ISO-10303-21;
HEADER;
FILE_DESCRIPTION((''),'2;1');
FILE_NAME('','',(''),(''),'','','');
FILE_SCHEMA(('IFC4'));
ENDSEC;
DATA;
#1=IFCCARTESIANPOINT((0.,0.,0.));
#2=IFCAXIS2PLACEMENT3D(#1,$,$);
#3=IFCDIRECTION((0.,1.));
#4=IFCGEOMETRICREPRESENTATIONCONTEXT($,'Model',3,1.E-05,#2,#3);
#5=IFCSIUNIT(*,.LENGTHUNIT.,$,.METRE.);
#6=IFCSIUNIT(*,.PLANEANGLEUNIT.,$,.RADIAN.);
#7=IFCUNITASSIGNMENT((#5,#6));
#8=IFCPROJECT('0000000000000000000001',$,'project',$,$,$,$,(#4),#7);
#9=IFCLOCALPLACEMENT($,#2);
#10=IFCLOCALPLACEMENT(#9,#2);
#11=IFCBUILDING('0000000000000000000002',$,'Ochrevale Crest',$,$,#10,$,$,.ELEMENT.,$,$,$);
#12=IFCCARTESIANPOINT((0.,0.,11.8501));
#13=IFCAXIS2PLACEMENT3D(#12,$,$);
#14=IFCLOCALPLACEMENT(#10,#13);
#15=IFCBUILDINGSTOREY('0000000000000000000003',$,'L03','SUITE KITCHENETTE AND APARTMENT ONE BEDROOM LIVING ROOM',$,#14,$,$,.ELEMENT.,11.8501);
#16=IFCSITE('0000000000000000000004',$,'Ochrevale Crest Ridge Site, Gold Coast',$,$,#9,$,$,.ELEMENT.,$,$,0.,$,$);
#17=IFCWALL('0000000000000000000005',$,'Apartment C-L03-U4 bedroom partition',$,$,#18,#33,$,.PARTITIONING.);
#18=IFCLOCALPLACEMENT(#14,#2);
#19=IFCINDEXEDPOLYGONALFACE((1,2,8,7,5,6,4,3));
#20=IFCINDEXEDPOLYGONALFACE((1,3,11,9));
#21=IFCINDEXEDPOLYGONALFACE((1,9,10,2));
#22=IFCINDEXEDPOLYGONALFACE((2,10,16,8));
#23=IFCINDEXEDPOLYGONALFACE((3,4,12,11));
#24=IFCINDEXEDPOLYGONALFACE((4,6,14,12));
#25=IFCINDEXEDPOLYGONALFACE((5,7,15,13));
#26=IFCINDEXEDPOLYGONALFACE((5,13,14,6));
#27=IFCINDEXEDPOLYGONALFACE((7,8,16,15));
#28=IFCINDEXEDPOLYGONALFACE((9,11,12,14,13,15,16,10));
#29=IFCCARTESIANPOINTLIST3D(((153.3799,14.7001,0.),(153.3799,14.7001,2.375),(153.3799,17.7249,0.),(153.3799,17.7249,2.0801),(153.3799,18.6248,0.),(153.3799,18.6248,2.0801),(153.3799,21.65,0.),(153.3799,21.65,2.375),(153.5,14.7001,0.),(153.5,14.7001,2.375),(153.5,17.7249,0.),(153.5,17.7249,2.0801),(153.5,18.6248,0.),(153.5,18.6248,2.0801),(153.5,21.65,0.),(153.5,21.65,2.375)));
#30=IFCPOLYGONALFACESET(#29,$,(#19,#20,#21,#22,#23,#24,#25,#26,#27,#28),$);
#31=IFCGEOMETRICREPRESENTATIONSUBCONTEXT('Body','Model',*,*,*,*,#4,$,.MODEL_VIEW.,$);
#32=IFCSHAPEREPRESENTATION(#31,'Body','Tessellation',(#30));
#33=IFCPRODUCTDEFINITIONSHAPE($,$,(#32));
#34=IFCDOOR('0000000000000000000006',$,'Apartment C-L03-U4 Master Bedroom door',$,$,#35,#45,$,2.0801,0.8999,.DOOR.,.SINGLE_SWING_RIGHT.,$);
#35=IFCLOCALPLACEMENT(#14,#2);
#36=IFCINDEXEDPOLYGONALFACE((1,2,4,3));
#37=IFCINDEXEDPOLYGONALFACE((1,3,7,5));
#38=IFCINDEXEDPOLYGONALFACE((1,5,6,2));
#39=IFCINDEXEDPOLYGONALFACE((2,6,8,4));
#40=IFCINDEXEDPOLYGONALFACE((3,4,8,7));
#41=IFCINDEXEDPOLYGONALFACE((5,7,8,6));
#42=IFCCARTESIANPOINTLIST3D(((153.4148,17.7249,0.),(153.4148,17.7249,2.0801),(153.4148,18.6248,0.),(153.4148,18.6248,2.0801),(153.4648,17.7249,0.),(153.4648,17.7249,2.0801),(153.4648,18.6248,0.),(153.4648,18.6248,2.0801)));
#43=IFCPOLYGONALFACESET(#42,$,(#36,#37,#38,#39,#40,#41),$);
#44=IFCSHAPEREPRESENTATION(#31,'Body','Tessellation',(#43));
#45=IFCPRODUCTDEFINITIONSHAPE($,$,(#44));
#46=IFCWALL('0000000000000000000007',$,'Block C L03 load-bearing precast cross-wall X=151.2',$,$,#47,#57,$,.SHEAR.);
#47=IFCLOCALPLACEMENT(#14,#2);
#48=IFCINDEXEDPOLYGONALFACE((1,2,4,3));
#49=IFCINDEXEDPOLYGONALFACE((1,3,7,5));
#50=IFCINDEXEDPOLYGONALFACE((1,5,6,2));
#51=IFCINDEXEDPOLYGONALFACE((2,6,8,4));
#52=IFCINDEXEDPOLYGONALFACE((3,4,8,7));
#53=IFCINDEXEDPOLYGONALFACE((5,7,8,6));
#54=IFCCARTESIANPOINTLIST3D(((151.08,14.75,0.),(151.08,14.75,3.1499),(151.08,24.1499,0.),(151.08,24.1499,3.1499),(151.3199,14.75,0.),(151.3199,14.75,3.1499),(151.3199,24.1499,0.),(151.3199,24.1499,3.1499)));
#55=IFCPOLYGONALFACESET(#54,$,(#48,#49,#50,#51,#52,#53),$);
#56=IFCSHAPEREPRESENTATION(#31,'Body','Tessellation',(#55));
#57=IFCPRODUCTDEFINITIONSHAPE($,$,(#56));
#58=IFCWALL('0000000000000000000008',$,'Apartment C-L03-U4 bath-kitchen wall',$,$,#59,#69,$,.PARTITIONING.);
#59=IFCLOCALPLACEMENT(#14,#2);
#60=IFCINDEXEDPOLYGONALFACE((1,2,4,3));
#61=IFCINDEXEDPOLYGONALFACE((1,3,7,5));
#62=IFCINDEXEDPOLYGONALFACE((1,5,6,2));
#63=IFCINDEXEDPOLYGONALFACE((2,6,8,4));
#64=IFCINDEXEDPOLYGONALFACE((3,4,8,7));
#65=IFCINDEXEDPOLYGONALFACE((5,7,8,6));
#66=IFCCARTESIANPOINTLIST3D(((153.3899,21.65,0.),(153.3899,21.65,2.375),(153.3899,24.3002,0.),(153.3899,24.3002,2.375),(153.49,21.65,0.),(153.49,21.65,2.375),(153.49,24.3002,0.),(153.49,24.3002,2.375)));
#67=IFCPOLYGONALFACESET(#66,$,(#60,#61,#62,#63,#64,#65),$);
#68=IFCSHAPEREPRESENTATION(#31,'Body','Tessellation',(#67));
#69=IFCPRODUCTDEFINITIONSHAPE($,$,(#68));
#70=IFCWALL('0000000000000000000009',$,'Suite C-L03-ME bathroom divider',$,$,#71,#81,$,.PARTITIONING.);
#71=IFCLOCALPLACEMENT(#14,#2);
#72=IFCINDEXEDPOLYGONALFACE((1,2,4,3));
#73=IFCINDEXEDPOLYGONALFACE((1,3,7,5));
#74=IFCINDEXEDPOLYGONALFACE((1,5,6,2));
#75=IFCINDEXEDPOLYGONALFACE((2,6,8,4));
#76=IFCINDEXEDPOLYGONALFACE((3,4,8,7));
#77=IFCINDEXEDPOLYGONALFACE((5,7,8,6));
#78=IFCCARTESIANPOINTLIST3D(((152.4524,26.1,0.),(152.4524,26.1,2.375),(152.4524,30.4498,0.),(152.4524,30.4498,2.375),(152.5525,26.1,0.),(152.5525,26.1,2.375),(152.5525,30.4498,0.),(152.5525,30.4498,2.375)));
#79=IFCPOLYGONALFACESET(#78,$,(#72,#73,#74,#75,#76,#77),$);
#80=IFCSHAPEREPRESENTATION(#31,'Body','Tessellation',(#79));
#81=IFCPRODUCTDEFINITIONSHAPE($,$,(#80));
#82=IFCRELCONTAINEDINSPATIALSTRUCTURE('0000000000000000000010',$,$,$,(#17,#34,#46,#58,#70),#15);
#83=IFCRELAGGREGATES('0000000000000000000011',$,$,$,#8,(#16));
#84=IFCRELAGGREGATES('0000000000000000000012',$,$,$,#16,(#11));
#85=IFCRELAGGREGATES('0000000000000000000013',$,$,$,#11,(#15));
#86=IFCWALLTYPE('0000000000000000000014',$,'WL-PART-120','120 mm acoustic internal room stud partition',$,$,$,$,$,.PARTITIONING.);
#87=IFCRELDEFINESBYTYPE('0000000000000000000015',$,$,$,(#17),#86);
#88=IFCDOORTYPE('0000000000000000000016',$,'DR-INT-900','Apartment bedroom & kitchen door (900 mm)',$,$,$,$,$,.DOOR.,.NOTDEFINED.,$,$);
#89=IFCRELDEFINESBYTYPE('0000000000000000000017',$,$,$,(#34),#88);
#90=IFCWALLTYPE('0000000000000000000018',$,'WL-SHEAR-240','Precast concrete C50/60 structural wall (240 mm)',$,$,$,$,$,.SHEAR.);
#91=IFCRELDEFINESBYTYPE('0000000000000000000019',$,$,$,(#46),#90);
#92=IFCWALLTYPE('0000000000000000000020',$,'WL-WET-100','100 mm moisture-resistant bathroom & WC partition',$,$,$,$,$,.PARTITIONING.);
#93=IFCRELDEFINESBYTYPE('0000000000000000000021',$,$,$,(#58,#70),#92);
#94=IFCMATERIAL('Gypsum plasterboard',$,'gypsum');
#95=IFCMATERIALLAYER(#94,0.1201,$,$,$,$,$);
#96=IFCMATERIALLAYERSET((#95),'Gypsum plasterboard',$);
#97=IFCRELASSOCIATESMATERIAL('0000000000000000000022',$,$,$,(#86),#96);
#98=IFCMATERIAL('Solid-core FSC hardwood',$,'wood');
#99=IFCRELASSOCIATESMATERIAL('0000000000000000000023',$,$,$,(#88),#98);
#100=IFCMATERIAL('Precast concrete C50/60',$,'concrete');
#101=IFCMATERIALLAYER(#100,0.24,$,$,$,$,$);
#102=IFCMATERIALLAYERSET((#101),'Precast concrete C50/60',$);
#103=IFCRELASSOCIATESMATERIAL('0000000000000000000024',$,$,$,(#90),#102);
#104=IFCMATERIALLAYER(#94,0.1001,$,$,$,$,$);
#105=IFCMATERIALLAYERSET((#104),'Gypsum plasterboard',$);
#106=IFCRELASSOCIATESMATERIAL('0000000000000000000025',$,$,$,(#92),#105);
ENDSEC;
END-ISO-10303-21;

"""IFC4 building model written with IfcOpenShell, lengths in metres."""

from ifc_helpers import new_model, si_unit, direction, frame, frame_2d, origin, place, context, subcontext, project, spatial, rectangle, extrude, material, layer, layer_set, type_object, element, fill, save


model = new_model("IFC4")

# Units and contexts
model_context = context("Model", 3, precision=1e-05, world=origin(), true_north=direction((0.0, 1.0)))
body_context = subcontext(model_context, "Body", "Model", "MODEL_VIEW")
ifc_project = project(units=[si_unit("LENGTHUNIT", "METRE"), si_unit("PLANEANGLEUNIT", "RADIAN")], contexts=[model_context])

# Site, building, storey
site_placement = place(None, origin())
site = spatial("IfcSite", under=ifc_project, at=site_placement, Name="Ochrevale Crest Ridge Site, Gold Coast", CompositionType="ELEMENT", RefElevation=0.0)
building_placement = place(site_placement, origin())
building = spatial("IfcBuilding", under=site, at=building_placement, Name="Ochrevale Crest", CompositionType="ELEMENT")
storey_placement = place(building_placement, frame((0.0, 0.0, 11.8501)))
storey = spatial("IfcBuildingStorey", under=building, at=storey_placement, Name="L03", Description="SUITE KITCHENETTE AND APARTMENT ONE BEDROOM LIVING ROOM", CompositionType="ELEMENT", Elevation=11.8501)

# Shared definitions
ifc_material_1 = material(Name="Precast concrete C50/60", Category="concrete")

# Shared definitions
ifc_material_2 = material(Name="Gypsum plasterboard", Category="gypsum")
ifc_material_3 = material(Name="Solid-core FSC hardwood", Category="wood")

# Shared definitions
ifc_layer_1 = layer(ifc_material_2, 0.1201)
ifc_layer_set_1 = layer_set([ifc_layer_1], Name="Gypsum plasterboard")
wall_type_1 = type_object("IfcWallType", Name="WL-PART-120", Description="120 mm acoustic internal room stud partition", PredefinedType="PARTITIONING", material=ifc_layer_set_1)

# Shared definitions
door_type_1 = type_object("IfcDoorType", Name="DR-INT-900", Description="Apartment bedroom & kitchen door (900 mm)", OperationType="NOTDEFINED", PredefinedType="DOOR", material=ifc_material_3)

# Wall, opening, door
wall_1_placement = place(storey_placement, frame((153.4399, 14.7, 0.0), z_axis=(0.0, 0.0, 1.0), x_axis=(0.0, 1.0, 0.0)))
wall_1 = element("IfcWall", 1, at=wall_1_placement, inside=storey, type_object=wall_type_1, Name="Apartment C-L03-U4 bedroom partition", PredefinedType="PARTITIONING", context=body_context, shape_type="SweptSolid", body=[
    extrude(rectangle(XDim=6.95, YDim=0.1201, at=frame_2d((3.4751, 0.0))), origin(), (0.0, 0.0, 1.0), 2.375),
])
opening_1_placement = place(wall_1_placement, frame((3.9248, 0.0, 0.0), z_axis=(0.0, 0.0, 1.0), x_axis=(-1.0, 0.0, 0.0)))
opening_1 = element("IfcOpeningElement", 2, at=opening_1_placement, cuts=wall_1, PredefinedType="OPENING", context=body_context, shape_type="SweptSolid", body=[
    extrude(rectangle(XDim=0.8999, YDim=2.0801, at=frame_2d((0.45, 1.04))), frame((0.0, 0.0701, 0.0), z_axis=(0.0, -1.0, 0.0), x_axis=(1.0, 0.0, 0.0)), (0.0, 0.0, 1.0), 0.1401),
])
door_1_placement = place(opening_1_placement, origin())
door_1 = element("IfcDoor", 3, at=door_1_placement, inside=storey, type_object=door_type_1, Name="Apartment C-L03-U4 Master Bedroom door", OperationType="SINGLE_SWING_RIGHT", OverallHeight=2.0801, OverallWidth=0.8999, PredefinedType="DOOR", context=body_context, shape_type="SweptSolid", body=[
    extrude(rectangle(XDim=0.8999, YDim=2.0801, at=frame_2d((0.45, 1.04))), frame((0.0, 0.0249, 0.0), z_axis=(0.0, -1.0, 0.0), x_axis=(1.0, 0.0, 0.0)), (0.0, 0.0, 1.0), 0.05),
])
fill(opening_1, door_1)

# Walls
ifc_layer_2 = layer(ifc_material_1, 0.24)
ifc_layer_set_2 = layer_set([ifc_layer_2], Name="Precast concrete C50/60")
wall_type_2 = type_object("IfcWallType", Name="WL-SHEAR-240", Description="Precast concrete C50/60 structural wall (240 mm)", PredefinedType="SHEAR", material=ifc_layer_set_2)
wall_2_placement = place(storey_placement, frame((151.2, 14.75, 0.0), z_axis=(0.0, 0.0, 1.0), x_axis=(0.0, 1.0, 0.0)))
element("IfcWall", 4, at=wall_2_placement, inside=storey, type_object=wall_type_2, Name="Block C L03 load-bearing precast cross-wall X=151.2", PredefinedType="SHEAR", context=body_context, shape_type="SweptSolid", body=[
    extrude(rectangle(XDim=9.3999, YDim=0.24, at=frame_2d((4.7, 0.0))), origin(), (0.0, 0.0, 1.0), 3.1499),
])
ifc_layer_3 = layer(ifc_material_2, 0.1001)
ifc_layer_set_3 = layer_set([ifc_layer_3], Name="Gypsum plasterboard")
wall_type_3 = type_object("IfcWallType", Name="WL-WET-100", Description="100 mm moisture-resistant bathroom & WC partition", PredefinedType="PARTITIONING", material=ifc_layer_set_3)
wall_3_placement = place(storey_placement, frame((153.4399, 21.6499, 0.0), z_axis=(0.0, 0.0, 1.0), x_axis=(0.0, 1.0, 0.0)))
element("IfcWall", 5, at=wall_3_placement, inside=storey, type_object=wall_type_3, Name="Apartment C-L03-U4 bath-kitchen wall", PredefinedType="PARTITIONING", context=body_context, shape_type="SweptSolid", body=[
    extrude(rectangle(XDim=2.6501, YDim=0.1001, at=frame_2d((1.3252, 0.0))), origin(), (0.0, 0.0, 1.0), 2.375),
])
wall_4_placement = place(storey_placement, frame((152.5024, 26.1001, 0.0), z_axis=(0.0, 0.0, 1.0), x_axis=(0.0, 1.0, 0.0)))
element("IfcWall", 6, at=wall_4_placement, inside=storey, type_object=wall_type_3, Name="Suite C-L03-ME bathroom divider", PredefinedType="PARTITIONING", context=body_context, shape_type="SweptSolid", body=[
    extrude(rectangle(XDim=4.3499, YDim=0.1001, at=frame_2d((2.1748, 0.0))), origin(), (0.0, 0.0, 1.0), 2.375),
])

save(model, "model.ifc")
